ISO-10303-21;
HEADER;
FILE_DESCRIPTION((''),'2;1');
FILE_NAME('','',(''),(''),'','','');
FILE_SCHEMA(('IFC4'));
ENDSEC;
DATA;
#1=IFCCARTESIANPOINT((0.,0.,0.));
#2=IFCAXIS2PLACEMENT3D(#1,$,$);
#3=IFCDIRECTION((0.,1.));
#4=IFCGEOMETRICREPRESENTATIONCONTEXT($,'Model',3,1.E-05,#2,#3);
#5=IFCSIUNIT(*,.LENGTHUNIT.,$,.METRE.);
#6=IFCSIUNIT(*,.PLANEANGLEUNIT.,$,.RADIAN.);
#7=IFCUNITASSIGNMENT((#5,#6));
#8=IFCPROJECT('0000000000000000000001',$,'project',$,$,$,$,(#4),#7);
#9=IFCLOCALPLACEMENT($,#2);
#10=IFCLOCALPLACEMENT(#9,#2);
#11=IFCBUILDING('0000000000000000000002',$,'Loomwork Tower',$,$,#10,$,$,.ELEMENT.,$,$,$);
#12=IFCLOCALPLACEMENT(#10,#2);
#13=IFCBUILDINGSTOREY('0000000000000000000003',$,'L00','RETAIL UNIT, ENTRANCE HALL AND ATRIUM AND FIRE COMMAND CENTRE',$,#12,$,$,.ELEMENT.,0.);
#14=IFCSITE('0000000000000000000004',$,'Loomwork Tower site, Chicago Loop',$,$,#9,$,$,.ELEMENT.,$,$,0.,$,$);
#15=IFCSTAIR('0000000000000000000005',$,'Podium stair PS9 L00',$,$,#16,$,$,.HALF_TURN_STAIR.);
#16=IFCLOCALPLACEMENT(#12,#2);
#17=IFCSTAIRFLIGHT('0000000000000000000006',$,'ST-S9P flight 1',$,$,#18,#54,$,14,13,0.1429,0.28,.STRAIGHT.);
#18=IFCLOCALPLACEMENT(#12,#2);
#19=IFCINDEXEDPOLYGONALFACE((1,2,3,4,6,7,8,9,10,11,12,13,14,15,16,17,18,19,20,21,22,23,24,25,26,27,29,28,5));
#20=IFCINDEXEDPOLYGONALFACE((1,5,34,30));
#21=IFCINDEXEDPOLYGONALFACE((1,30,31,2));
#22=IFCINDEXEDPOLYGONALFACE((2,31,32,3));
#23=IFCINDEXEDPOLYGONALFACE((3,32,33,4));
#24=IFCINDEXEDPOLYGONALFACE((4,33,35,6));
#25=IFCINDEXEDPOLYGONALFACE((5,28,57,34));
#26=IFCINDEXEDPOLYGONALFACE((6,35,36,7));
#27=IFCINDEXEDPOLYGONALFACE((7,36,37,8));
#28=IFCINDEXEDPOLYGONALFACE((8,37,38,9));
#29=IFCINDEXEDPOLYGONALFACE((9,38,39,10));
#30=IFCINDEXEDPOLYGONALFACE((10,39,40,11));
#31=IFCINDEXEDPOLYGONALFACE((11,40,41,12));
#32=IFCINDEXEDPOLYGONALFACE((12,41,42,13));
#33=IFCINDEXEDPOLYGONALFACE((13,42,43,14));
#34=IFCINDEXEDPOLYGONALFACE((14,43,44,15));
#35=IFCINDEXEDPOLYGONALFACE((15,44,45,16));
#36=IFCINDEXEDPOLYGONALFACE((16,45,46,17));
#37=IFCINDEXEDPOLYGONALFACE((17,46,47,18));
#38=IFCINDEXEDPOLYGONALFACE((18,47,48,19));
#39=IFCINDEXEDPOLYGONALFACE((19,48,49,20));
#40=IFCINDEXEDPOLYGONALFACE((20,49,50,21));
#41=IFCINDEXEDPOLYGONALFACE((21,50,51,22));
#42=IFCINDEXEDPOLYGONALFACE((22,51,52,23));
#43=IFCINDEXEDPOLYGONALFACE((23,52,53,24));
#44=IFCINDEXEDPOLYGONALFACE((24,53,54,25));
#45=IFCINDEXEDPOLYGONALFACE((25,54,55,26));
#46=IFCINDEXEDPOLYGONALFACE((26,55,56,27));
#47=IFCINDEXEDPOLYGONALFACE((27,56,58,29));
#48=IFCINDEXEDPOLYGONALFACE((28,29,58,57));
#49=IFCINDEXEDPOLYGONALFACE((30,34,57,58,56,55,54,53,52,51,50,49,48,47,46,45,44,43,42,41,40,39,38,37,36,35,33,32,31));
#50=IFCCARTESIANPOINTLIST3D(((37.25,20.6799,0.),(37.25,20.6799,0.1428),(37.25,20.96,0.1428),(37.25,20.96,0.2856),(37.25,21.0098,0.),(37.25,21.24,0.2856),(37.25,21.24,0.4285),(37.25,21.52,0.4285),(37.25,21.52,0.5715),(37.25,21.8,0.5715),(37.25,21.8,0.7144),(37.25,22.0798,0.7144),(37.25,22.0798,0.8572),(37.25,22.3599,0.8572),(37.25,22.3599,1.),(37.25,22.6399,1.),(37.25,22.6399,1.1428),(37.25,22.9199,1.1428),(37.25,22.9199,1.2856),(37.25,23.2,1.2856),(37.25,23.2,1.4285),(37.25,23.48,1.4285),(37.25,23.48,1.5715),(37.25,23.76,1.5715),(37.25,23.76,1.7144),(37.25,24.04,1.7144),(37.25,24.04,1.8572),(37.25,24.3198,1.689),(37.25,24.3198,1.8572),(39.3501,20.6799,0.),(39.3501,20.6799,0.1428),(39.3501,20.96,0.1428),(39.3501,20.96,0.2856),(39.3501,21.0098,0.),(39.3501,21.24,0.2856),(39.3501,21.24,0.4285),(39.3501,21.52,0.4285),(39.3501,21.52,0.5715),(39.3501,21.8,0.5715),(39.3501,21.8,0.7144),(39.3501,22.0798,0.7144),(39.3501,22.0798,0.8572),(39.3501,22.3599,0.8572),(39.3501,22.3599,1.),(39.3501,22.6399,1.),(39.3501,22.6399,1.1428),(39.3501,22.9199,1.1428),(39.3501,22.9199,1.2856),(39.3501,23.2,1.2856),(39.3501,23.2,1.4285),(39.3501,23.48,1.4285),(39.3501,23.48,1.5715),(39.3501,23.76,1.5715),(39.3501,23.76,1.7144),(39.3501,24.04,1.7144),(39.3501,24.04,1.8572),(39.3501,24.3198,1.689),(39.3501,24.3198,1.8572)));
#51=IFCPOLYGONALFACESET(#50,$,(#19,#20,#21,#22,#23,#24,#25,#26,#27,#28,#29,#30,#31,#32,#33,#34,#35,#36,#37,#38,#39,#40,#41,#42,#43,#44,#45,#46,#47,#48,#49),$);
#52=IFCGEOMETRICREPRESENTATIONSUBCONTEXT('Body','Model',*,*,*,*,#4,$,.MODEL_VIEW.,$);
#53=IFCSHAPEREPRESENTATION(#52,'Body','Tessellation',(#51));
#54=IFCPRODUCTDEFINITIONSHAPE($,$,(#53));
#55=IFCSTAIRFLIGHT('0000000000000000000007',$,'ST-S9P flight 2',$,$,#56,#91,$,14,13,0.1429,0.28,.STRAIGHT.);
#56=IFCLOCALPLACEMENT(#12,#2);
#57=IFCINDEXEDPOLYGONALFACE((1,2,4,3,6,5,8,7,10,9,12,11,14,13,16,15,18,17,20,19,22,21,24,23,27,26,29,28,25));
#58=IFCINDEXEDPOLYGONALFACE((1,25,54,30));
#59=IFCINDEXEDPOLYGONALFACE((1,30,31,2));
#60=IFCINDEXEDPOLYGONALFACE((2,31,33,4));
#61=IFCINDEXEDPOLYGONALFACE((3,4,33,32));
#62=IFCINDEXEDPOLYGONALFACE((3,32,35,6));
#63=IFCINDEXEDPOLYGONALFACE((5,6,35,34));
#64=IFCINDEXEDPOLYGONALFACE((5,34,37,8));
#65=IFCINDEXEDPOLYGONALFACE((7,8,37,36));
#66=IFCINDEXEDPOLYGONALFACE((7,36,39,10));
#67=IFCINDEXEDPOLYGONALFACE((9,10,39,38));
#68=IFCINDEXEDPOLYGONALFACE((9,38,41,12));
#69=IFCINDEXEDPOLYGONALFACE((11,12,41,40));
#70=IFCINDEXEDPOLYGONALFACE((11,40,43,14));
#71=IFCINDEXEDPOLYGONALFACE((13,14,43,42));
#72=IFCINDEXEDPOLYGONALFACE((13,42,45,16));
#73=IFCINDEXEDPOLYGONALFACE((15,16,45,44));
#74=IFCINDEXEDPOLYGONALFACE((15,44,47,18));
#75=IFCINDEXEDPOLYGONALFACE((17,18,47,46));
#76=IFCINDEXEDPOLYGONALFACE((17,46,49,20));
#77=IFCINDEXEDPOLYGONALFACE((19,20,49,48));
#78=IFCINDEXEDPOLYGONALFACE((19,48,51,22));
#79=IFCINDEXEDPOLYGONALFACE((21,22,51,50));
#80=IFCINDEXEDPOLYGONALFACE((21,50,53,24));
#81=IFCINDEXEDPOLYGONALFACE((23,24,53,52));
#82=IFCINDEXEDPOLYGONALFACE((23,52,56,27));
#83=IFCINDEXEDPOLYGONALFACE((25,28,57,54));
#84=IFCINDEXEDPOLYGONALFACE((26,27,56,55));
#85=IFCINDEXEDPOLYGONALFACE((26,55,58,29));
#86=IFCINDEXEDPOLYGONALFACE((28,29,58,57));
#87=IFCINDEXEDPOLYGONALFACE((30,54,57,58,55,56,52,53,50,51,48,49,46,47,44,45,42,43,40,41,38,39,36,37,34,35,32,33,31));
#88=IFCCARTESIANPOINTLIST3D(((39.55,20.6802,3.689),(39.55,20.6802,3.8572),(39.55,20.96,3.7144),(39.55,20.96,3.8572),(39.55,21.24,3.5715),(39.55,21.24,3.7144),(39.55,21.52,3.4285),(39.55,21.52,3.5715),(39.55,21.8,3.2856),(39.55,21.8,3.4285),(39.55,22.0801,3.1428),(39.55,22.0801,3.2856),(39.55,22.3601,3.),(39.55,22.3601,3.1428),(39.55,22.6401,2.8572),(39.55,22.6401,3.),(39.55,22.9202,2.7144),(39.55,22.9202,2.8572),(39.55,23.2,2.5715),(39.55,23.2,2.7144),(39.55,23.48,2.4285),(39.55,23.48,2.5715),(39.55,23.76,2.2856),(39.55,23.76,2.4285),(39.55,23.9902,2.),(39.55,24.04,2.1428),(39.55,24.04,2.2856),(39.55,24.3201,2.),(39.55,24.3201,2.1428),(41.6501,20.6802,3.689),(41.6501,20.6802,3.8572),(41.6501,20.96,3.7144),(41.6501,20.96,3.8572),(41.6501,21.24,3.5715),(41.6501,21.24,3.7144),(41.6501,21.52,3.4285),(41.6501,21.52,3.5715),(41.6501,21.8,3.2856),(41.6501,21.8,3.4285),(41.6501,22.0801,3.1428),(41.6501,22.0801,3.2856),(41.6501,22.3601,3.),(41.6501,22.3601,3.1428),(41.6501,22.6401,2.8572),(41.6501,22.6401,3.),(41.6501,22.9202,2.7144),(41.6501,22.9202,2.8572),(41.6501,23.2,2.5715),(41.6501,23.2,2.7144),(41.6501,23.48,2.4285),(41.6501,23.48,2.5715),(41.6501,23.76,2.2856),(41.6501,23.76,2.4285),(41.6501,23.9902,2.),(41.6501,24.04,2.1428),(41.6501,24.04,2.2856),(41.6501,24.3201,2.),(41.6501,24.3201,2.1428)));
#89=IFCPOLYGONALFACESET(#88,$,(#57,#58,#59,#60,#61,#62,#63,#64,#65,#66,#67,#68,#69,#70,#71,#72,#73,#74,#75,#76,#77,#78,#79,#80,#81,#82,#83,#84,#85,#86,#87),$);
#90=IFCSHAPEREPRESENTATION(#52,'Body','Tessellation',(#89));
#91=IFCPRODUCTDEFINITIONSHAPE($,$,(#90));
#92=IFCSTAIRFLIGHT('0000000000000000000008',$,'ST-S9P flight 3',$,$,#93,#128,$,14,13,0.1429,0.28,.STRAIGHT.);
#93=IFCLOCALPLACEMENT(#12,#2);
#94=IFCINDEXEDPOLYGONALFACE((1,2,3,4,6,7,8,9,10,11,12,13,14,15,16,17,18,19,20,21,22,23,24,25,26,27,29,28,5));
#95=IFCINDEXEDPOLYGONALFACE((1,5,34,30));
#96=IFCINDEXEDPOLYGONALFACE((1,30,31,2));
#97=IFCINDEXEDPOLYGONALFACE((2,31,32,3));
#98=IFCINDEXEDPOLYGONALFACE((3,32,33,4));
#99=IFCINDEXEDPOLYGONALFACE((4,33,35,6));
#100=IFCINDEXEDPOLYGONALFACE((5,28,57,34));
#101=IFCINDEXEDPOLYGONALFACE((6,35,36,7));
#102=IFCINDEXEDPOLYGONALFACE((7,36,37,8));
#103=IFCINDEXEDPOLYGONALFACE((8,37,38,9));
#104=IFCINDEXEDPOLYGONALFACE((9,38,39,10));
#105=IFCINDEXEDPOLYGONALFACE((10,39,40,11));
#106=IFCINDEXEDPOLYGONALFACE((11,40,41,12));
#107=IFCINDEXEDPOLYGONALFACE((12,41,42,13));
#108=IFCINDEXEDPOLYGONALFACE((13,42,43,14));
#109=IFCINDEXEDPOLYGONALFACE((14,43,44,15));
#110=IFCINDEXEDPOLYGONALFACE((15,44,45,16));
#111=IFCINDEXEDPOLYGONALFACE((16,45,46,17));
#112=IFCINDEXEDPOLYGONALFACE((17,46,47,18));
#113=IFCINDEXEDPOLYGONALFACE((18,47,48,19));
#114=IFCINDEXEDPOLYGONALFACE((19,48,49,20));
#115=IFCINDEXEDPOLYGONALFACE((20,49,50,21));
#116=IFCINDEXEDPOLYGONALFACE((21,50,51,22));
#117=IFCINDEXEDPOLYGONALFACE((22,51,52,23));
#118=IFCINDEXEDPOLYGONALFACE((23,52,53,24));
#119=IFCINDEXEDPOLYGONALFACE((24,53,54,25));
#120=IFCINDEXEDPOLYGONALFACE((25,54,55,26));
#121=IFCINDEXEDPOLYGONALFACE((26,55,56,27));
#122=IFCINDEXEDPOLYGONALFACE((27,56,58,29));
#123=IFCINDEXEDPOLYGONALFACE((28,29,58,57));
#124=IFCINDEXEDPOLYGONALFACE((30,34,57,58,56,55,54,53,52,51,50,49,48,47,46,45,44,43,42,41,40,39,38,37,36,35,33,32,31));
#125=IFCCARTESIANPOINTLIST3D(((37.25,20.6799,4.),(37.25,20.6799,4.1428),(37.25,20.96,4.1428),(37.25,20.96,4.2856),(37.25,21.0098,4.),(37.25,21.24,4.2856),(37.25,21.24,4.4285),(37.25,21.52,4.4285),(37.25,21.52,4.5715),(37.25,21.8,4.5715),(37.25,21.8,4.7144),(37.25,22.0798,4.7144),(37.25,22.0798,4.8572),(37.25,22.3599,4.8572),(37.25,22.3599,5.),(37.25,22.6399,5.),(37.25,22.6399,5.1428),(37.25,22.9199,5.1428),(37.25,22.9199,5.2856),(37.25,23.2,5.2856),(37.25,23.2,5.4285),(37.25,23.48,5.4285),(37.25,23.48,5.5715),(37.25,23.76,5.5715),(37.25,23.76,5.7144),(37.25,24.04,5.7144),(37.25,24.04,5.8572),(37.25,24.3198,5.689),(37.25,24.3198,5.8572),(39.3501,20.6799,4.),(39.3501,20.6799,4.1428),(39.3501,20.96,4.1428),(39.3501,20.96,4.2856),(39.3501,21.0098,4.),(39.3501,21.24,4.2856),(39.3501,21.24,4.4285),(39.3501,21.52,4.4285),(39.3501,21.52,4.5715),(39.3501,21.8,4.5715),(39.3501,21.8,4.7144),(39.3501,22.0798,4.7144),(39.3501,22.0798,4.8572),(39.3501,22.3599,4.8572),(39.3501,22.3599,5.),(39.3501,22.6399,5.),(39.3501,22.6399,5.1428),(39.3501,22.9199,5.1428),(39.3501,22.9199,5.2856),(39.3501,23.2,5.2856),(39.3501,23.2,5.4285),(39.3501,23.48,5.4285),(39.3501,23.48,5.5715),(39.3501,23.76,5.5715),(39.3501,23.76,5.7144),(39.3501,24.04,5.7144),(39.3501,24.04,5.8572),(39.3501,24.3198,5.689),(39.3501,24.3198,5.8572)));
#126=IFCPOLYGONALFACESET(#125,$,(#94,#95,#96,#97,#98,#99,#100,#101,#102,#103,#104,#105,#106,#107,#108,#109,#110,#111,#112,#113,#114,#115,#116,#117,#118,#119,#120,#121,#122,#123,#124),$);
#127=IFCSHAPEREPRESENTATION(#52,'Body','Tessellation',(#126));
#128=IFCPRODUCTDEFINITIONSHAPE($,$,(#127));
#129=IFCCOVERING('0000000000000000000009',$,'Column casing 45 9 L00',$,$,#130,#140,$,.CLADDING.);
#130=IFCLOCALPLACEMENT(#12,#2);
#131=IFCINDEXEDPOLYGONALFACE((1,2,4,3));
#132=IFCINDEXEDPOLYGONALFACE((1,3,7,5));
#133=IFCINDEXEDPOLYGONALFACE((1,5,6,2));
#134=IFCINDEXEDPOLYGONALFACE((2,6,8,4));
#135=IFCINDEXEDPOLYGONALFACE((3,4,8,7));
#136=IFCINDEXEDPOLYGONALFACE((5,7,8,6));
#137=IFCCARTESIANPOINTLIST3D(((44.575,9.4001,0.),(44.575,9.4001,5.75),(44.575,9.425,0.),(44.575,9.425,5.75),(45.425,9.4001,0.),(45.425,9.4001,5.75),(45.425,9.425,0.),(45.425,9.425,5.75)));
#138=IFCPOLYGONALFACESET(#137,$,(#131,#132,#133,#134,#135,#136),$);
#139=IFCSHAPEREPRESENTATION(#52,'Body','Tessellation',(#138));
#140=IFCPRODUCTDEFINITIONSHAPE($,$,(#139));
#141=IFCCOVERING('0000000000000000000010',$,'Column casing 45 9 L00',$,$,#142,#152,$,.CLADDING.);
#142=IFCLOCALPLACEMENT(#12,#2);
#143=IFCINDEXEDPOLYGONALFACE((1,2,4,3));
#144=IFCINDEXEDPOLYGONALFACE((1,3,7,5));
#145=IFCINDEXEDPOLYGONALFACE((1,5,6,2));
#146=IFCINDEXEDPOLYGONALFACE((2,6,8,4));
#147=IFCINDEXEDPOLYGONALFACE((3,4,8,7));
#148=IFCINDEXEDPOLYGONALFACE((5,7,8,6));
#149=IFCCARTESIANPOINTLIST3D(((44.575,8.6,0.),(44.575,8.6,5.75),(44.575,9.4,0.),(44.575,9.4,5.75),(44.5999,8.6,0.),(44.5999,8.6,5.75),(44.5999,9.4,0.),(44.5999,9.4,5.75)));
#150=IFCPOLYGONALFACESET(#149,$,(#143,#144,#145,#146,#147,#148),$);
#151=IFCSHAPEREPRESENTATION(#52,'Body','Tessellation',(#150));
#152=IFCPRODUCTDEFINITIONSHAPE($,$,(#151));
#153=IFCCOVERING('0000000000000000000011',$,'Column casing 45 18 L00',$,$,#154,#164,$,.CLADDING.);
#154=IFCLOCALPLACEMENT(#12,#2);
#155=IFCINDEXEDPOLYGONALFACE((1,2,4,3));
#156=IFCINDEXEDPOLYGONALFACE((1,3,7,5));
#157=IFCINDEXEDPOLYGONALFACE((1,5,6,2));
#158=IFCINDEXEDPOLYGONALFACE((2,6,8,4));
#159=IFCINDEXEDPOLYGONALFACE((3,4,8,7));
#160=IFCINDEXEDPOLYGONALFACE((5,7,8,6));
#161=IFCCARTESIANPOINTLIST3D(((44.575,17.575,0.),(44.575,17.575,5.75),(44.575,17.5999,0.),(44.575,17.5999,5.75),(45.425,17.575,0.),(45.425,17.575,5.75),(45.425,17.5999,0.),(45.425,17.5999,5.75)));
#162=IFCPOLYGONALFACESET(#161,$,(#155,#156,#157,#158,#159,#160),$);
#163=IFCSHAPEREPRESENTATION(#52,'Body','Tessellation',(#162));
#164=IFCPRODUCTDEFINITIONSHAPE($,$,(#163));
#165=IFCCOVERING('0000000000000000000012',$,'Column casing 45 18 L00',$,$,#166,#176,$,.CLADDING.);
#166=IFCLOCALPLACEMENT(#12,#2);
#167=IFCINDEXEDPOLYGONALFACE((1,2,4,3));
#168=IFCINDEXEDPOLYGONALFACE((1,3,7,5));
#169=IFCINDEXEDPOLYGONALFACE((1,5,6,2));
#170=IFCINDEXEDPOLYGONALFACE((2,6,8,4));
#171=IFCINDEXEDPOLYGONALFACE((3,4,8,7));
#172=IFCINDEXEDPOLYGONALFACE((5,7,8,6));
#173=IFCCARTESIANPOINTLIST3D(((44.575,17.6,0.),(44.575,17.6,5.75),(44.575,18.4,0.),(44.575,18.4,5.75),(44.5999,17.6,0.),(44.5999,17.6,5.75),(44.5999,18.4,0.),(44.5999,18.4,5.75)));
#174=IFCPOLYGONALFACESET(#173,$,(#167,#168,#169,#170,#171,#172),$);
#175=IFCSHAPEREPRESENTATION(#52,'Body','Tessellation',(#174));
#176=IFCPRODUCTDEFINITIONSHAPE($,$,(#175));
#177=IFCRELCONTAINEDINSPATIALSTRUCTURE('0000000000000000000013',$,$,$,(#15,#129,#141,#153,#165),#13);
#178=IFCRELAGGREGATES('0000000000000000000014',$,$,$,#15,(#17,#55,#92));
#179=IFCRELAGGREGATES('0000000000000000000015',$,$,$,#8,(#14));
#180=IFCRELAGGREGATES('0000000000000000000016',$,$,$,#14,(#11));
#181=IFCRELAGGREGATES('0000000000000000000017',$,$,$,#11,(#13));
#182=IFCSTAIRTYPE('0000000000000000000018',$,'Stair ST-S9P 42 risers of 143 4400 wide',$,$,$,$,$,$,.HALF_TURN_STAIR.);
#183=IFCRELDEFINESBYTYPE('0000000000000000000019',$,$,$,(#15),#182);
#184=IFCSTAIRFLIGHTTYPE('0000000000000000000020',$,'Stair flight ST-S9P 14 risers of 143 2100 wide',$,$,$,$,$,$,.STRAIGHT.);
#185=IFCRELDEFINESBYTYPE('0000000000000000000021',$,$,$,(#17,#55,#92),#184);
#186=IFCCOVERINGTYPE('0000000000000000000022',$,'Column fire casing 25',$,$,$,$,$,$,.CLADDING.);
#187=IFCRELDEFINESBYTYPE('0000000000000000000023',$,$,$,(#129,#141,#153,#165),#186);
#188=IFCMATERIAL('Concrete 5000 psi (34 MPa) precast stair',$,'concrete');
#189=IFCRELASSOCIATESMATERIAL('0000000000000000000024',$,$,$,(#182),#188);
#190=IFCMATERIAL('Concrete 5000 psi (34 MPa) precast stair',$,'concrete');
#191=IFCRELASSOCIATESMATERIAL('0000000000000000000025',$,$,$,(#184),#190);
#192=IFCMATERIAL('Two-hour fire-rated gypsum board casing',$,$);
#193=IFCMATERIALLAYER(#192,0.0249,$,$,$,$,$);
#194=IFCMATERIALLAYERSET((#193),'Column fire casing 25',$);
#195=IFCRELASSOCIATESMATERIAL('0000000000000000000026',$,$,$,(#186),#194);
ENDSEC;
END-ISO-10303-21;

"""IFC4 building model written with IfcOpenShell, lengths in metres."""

from ifc_helpers import new_model, si_unit, direction, frame, origin, origin_2d, place, context, subcontext, project, spatial, polyline, rectangle, outline, extrude, material, layer, layer_set, type_object, element, aggregate, save


model = new_model("IFC4")

# Units and contexts
model_context = context("Model", 3, precision=1e-05, world=origin(), true_north=direction((0.0, 1.0)))
body_context = subcontext(model_context, "Body", "Model", "MODEL_VIEW")
ifc_project = project(units=[si_unit("LENGTHUNIT", "METRE"), si_unit("PLANEANGLEUNIT", "RADIAN")], contexts=[model_context])

# Site, building, storey
site_placement = place(None, origin())
site = spatial("IfcSite", under=ifc_project, at=site_placement, Name="Loomwork Tower site, Chicago Loop", CompositionType="ELEMENT", RefElevation=0.0)
building_placement = place(site_placement, origin())
building = spatial("IfcBuilding", under=site, at=building_placement, Name="Loomwork Tower", CompositionType="ELEMENT")
storey_placement = place(building_placement, origin())
storey = spatial("IfcBuildingStorey", under=building, at=storey_placement, Name="L00", Description="RETAIL UNIT, ENTRANCE HALL AND ATRIUM AND FIRE COMMAND CENTRE", CompositionType="ELEMENT", Elevation=0.0)

# Stair, stair flights
ifc_material_1 = material(Name="Concrete 5000 psi (34 MPa) precast stair", Category="concrete")
stair_type_1 = type_object("IfcStairType", Name="Stair ST-S9P 42 risers of 143 4400 wide", PredefinedType="HALF_TURN_STAIR", material=ifc_material_1)
stair_1_placement = place(storey_placement, origin())
stair_1 = element("IfcStair", 1, at=stair_1_placement, inside=storey, type_object=stair_type_1, Name="Podium stair PS9 L00", PredefinedType="HALF_TURN_STAIR")
ifc_material_2 = material(Name="Concrete 5000 psi (34 MPa) precast stair", Category="concrete")
stair_flight_type_1 = type_object("IfcStairFlightType", Name="Stair flight ST-S9P 14 risers of 143 2100 wide", PredefinedType="STRAIGHT", material=ifc_material_2)
stair_flight_1_placement = place(storey_placement, frame((38.3, 20.6799, 0.0), z_axis=(0.0, 0.0, 1.0), x_axis=(0.0, 1.0, 0.0)))
stair_flight_1 = element("IfcStairFlight", 2, at=stair_flight_1_placement, type_object=stair_flight_type_1, Name="ST-S9P flight 1", NumberOfRisers=14, NumberOfTreads=13, PredefinedType="STRAIGHT", RiserHeight=0.1429, TreadLength=0.28, context=body_context, shape_type="SweptSolid", body=[
    extrude(outline(polyline([(0.0, 0.0), (0.0, 0.1428), (0.28, 0.1428), (0.28, 0.2856), (0.5601, 0.2856), (0.5601, 0.4285), (0.8401, 0.4285), (0.8401, 0.5715), (1.1201, 0.5715), (1.1201, 0.7144), (1.3999, 0.7144), (1.3999, 0.8572), (1.6799, 0.8572), (1.6799, 1.0), (1.96, 1.0), (1.96, 1.1428), (2.24, 1.1428), (2.24, 1.2856), (2.52, 1.2856), (2.52, 1.4285), (2.8, 1.4285), (2.8, 1.5715), (3.0801, 1.5715), (3.0801, 1.7144), (3.3601, 1.7144), (3.3601, 1.8572), (3.6399, 1.8572), (3.6399, 2.0), (3.6399, 1.689), (0.3298, 0.0), (0.0, 0.0)])), frame((0.0, 1.05, 0.0), z_axis=(0.0, -1.0, 0.0), x_axis=(1.0, 0.0, 0.0)), (0.0, 0.0, 1.0), 2.1001),
])
stair_flight_2_placement = place(storey_placement, frame((40.6001, 24.3201, 2.0), z_axis=(0.0, 0.0, 1.0), x_axis=(0.0, -1.0, 0.0)))
stair_flight_2 = element("IfcStairFlight", 3, at=stair_flight_2_placement, type_object=stair_flight_type_1, Name="ST-S9P flight 2", NumberOfRisers=14, NumberOfTreads=13, PredefinedType="STRAIGHT", RiserHeight=0.1429, TreadLength=0.28, context=body_context, shape_type="SweptSolid", body=[
    extrude(outline(polyline([(0.0, 0.0), (0.0, 0.1428), (0.28, 0.1428), (0.28, 0.2856), (0.5601, 0.2856), (0.5601, 0.4285), (0.8401, 0.4285), (0.8401, 0.5715), (1.1201, 0.5715), (1.1201, 0.7144), (1.3999, 0.7144), (1.3999, 0.8572), (1.6799, 0.8572), (1.6799, 1.0), (1.96, 1.0), (1.96, 1.1428), (2.24, 1.1428), (2.24, 1.2856), (2.52, 1.2856), (2.52, 1.4285), (2.8, 1.4285), (2.8, 1.5715), (3.0801, 1.5715), (3.0801, 1.7144), (3.3601, 1.7144), (3.3601, 1.8572), (3.6399, 1.8572), (3.6399, 2.0), (3.6399, 1.689), (0.3298, 0.0), (0.0, 0.0)])), frame((0.0, 1.05, 0.0), z_axis=(0.0, -1.0, 0.0), x_axis=(1.0, 0.0, 0.0)), (0.0, 0.0, 1.0), 2.1001),
])
stair_flight_3_placement = place(storey_placement, frame((38.3, 20.6799, 4.0), z_axis=(0.0, 0.0, 1.0), x_axis=(0.0, 1.0, 0.0)))
stair_flight_3 = element("IfcStairFlight", 4, at=stair_flight_3_placement, type_object=stair_flight_type_1, Name="ST-S9P flight 3", NumberOfRisers=14, NumberOfTreads=13, PredefinedType="STRAIGHT", RiserHeight=0.1429, TreadLength=0.28, context=body_context, shape_type="SweptSolid", body=[
    extrude(outline(polyline([(0.0, 0.0), (0.0, 0.1428), (0.28, 0.1428), (0.28, 0.2856), (0.5601, 0.2856), (0.5601, 0.4285), (0.8401, 0.4285), (0.8401, 0.5715), (1.1201, 0.5715), (1.1201, 0.7144), (1.3999, 0.7144), (1.3999, 0.8572), (1.6799, 0.8572), (1.6799, 1.0), (1.96, 1.0), (1.96, 1.1428), (2.24, 1.1428), (2.24, 1.2856), (2.52, 1.2856), (2.52, 1.4285), (2.8, 1.4285), (2.8, 1.5715), (3.0801, 1.5715), (3.0801, 1.7144), (3.3601, 1.7144), (3.3601, 1.8572), (3.6399, 1.8572), (3.6399, 2.0), (3.6399, 1.689), (0.3298, 0.0), (0.0, 0.0)])), frame((0.0, 1.05, 0.0), z_axis=(0.0, -1.0, 0.0), x_axis=(1.0, 0.0, 0.0)), (0.0, 0.0, 1.0), 2.1001),
])
aggregate(stair_1, [stair_flight_1, stair_flight_2, stair_flight_3])

# Coverings
ifc_material_3 = material(Name="Two-hour fire-rated gypsum board casing")
ifc_layer_1 = layer(ifc_material_3, 0.0249)
ifc_layer_set_1 = layer_set([ifc_layer_1], Name="Column fire casing 25")
covering_type = type_object("IfcCoveringType", Name="Column fire casing 25", PredefinedType="CLADDING", material=ifc_layer_set_1)
covering_1_placement = place(storey_placement, frame((45.0, 9.4126, 0.0), z_axis=(0.0, 0.0, 1.0), x_axis=(1.0, 0.0, 0.0)))
element("IfcCovering", 5, at=covering_1_placement, inside=storey, type_object=covering_type, Name="Column casing 45 9 L00", PredefinedType="CLADDING", context=body_context, shape_type="SweptSolid", body=[
    extrude(rectangle(XDim=0.8501, YDim=0.0249, at=origin_2d()), origin(), (0.0, 0.0, 1.0), 5.75),
])
covering_2_placement = place(storey_placement, frame((44.5874, 9.0, 0.0), z_axis=(0.0, 0.0, 1.0), x_axis=(1.0, 0.0, 0.0)))
element("IfcCovering", 6, at=covering_2_placement, inside=storey, type_object=covering_type, Name="Column casing 45 9 L00", PredefinedType="CLADDING", context=body_context, shape_type="SweptSolid", body=[
    extrude(rectangle(XDim=0.0249, YDim=0.8, at=origin_2d()), origin(), (0.0, 0.0, 1.0), 5.75),
])
covering_3_placement = place(storey_placement, frame((45.0, 17.5874, 0.0), z_axis=(0.0, 0.0, 1.0), x_axis=(1.0, 0.0, 0.0)))
element("IfcCovering", 7, at=covering_3_placement, inside=storey, type_object=covering_type, Name="Column casing 45 18 L00", PredefinedType="CLADDING", context=body_context, shape_type="SweptSolid", body=[
    extrude(rectangle(XDim=0.8501, YDim=0.0249, at=origin_2d()), origin(), (0.0, 0.0, 1.0), 5.75),
])
covering_4_placement = place(storey_placement, frame((44.5874, 18.0, 0.0), z_axis=(0.0, 0.0, 1.0), x_axis=(1.0, 0.0, 0.0)))
element("IfcCovering", 8, at=covering_4_placement, inside=storey, type_object=covering_type, Name="Column casing 45 18 L00", PredefinedType="CLADDING", context=body_context, shape_type="SweptSolid", body=[
    extrude(rectangle(XDim=0.0249, YDim=0.8, at=origin_2d()), origin(), (0.0, 0.0, 1.0), 5.75),
])

save(model, "model.ifc")
